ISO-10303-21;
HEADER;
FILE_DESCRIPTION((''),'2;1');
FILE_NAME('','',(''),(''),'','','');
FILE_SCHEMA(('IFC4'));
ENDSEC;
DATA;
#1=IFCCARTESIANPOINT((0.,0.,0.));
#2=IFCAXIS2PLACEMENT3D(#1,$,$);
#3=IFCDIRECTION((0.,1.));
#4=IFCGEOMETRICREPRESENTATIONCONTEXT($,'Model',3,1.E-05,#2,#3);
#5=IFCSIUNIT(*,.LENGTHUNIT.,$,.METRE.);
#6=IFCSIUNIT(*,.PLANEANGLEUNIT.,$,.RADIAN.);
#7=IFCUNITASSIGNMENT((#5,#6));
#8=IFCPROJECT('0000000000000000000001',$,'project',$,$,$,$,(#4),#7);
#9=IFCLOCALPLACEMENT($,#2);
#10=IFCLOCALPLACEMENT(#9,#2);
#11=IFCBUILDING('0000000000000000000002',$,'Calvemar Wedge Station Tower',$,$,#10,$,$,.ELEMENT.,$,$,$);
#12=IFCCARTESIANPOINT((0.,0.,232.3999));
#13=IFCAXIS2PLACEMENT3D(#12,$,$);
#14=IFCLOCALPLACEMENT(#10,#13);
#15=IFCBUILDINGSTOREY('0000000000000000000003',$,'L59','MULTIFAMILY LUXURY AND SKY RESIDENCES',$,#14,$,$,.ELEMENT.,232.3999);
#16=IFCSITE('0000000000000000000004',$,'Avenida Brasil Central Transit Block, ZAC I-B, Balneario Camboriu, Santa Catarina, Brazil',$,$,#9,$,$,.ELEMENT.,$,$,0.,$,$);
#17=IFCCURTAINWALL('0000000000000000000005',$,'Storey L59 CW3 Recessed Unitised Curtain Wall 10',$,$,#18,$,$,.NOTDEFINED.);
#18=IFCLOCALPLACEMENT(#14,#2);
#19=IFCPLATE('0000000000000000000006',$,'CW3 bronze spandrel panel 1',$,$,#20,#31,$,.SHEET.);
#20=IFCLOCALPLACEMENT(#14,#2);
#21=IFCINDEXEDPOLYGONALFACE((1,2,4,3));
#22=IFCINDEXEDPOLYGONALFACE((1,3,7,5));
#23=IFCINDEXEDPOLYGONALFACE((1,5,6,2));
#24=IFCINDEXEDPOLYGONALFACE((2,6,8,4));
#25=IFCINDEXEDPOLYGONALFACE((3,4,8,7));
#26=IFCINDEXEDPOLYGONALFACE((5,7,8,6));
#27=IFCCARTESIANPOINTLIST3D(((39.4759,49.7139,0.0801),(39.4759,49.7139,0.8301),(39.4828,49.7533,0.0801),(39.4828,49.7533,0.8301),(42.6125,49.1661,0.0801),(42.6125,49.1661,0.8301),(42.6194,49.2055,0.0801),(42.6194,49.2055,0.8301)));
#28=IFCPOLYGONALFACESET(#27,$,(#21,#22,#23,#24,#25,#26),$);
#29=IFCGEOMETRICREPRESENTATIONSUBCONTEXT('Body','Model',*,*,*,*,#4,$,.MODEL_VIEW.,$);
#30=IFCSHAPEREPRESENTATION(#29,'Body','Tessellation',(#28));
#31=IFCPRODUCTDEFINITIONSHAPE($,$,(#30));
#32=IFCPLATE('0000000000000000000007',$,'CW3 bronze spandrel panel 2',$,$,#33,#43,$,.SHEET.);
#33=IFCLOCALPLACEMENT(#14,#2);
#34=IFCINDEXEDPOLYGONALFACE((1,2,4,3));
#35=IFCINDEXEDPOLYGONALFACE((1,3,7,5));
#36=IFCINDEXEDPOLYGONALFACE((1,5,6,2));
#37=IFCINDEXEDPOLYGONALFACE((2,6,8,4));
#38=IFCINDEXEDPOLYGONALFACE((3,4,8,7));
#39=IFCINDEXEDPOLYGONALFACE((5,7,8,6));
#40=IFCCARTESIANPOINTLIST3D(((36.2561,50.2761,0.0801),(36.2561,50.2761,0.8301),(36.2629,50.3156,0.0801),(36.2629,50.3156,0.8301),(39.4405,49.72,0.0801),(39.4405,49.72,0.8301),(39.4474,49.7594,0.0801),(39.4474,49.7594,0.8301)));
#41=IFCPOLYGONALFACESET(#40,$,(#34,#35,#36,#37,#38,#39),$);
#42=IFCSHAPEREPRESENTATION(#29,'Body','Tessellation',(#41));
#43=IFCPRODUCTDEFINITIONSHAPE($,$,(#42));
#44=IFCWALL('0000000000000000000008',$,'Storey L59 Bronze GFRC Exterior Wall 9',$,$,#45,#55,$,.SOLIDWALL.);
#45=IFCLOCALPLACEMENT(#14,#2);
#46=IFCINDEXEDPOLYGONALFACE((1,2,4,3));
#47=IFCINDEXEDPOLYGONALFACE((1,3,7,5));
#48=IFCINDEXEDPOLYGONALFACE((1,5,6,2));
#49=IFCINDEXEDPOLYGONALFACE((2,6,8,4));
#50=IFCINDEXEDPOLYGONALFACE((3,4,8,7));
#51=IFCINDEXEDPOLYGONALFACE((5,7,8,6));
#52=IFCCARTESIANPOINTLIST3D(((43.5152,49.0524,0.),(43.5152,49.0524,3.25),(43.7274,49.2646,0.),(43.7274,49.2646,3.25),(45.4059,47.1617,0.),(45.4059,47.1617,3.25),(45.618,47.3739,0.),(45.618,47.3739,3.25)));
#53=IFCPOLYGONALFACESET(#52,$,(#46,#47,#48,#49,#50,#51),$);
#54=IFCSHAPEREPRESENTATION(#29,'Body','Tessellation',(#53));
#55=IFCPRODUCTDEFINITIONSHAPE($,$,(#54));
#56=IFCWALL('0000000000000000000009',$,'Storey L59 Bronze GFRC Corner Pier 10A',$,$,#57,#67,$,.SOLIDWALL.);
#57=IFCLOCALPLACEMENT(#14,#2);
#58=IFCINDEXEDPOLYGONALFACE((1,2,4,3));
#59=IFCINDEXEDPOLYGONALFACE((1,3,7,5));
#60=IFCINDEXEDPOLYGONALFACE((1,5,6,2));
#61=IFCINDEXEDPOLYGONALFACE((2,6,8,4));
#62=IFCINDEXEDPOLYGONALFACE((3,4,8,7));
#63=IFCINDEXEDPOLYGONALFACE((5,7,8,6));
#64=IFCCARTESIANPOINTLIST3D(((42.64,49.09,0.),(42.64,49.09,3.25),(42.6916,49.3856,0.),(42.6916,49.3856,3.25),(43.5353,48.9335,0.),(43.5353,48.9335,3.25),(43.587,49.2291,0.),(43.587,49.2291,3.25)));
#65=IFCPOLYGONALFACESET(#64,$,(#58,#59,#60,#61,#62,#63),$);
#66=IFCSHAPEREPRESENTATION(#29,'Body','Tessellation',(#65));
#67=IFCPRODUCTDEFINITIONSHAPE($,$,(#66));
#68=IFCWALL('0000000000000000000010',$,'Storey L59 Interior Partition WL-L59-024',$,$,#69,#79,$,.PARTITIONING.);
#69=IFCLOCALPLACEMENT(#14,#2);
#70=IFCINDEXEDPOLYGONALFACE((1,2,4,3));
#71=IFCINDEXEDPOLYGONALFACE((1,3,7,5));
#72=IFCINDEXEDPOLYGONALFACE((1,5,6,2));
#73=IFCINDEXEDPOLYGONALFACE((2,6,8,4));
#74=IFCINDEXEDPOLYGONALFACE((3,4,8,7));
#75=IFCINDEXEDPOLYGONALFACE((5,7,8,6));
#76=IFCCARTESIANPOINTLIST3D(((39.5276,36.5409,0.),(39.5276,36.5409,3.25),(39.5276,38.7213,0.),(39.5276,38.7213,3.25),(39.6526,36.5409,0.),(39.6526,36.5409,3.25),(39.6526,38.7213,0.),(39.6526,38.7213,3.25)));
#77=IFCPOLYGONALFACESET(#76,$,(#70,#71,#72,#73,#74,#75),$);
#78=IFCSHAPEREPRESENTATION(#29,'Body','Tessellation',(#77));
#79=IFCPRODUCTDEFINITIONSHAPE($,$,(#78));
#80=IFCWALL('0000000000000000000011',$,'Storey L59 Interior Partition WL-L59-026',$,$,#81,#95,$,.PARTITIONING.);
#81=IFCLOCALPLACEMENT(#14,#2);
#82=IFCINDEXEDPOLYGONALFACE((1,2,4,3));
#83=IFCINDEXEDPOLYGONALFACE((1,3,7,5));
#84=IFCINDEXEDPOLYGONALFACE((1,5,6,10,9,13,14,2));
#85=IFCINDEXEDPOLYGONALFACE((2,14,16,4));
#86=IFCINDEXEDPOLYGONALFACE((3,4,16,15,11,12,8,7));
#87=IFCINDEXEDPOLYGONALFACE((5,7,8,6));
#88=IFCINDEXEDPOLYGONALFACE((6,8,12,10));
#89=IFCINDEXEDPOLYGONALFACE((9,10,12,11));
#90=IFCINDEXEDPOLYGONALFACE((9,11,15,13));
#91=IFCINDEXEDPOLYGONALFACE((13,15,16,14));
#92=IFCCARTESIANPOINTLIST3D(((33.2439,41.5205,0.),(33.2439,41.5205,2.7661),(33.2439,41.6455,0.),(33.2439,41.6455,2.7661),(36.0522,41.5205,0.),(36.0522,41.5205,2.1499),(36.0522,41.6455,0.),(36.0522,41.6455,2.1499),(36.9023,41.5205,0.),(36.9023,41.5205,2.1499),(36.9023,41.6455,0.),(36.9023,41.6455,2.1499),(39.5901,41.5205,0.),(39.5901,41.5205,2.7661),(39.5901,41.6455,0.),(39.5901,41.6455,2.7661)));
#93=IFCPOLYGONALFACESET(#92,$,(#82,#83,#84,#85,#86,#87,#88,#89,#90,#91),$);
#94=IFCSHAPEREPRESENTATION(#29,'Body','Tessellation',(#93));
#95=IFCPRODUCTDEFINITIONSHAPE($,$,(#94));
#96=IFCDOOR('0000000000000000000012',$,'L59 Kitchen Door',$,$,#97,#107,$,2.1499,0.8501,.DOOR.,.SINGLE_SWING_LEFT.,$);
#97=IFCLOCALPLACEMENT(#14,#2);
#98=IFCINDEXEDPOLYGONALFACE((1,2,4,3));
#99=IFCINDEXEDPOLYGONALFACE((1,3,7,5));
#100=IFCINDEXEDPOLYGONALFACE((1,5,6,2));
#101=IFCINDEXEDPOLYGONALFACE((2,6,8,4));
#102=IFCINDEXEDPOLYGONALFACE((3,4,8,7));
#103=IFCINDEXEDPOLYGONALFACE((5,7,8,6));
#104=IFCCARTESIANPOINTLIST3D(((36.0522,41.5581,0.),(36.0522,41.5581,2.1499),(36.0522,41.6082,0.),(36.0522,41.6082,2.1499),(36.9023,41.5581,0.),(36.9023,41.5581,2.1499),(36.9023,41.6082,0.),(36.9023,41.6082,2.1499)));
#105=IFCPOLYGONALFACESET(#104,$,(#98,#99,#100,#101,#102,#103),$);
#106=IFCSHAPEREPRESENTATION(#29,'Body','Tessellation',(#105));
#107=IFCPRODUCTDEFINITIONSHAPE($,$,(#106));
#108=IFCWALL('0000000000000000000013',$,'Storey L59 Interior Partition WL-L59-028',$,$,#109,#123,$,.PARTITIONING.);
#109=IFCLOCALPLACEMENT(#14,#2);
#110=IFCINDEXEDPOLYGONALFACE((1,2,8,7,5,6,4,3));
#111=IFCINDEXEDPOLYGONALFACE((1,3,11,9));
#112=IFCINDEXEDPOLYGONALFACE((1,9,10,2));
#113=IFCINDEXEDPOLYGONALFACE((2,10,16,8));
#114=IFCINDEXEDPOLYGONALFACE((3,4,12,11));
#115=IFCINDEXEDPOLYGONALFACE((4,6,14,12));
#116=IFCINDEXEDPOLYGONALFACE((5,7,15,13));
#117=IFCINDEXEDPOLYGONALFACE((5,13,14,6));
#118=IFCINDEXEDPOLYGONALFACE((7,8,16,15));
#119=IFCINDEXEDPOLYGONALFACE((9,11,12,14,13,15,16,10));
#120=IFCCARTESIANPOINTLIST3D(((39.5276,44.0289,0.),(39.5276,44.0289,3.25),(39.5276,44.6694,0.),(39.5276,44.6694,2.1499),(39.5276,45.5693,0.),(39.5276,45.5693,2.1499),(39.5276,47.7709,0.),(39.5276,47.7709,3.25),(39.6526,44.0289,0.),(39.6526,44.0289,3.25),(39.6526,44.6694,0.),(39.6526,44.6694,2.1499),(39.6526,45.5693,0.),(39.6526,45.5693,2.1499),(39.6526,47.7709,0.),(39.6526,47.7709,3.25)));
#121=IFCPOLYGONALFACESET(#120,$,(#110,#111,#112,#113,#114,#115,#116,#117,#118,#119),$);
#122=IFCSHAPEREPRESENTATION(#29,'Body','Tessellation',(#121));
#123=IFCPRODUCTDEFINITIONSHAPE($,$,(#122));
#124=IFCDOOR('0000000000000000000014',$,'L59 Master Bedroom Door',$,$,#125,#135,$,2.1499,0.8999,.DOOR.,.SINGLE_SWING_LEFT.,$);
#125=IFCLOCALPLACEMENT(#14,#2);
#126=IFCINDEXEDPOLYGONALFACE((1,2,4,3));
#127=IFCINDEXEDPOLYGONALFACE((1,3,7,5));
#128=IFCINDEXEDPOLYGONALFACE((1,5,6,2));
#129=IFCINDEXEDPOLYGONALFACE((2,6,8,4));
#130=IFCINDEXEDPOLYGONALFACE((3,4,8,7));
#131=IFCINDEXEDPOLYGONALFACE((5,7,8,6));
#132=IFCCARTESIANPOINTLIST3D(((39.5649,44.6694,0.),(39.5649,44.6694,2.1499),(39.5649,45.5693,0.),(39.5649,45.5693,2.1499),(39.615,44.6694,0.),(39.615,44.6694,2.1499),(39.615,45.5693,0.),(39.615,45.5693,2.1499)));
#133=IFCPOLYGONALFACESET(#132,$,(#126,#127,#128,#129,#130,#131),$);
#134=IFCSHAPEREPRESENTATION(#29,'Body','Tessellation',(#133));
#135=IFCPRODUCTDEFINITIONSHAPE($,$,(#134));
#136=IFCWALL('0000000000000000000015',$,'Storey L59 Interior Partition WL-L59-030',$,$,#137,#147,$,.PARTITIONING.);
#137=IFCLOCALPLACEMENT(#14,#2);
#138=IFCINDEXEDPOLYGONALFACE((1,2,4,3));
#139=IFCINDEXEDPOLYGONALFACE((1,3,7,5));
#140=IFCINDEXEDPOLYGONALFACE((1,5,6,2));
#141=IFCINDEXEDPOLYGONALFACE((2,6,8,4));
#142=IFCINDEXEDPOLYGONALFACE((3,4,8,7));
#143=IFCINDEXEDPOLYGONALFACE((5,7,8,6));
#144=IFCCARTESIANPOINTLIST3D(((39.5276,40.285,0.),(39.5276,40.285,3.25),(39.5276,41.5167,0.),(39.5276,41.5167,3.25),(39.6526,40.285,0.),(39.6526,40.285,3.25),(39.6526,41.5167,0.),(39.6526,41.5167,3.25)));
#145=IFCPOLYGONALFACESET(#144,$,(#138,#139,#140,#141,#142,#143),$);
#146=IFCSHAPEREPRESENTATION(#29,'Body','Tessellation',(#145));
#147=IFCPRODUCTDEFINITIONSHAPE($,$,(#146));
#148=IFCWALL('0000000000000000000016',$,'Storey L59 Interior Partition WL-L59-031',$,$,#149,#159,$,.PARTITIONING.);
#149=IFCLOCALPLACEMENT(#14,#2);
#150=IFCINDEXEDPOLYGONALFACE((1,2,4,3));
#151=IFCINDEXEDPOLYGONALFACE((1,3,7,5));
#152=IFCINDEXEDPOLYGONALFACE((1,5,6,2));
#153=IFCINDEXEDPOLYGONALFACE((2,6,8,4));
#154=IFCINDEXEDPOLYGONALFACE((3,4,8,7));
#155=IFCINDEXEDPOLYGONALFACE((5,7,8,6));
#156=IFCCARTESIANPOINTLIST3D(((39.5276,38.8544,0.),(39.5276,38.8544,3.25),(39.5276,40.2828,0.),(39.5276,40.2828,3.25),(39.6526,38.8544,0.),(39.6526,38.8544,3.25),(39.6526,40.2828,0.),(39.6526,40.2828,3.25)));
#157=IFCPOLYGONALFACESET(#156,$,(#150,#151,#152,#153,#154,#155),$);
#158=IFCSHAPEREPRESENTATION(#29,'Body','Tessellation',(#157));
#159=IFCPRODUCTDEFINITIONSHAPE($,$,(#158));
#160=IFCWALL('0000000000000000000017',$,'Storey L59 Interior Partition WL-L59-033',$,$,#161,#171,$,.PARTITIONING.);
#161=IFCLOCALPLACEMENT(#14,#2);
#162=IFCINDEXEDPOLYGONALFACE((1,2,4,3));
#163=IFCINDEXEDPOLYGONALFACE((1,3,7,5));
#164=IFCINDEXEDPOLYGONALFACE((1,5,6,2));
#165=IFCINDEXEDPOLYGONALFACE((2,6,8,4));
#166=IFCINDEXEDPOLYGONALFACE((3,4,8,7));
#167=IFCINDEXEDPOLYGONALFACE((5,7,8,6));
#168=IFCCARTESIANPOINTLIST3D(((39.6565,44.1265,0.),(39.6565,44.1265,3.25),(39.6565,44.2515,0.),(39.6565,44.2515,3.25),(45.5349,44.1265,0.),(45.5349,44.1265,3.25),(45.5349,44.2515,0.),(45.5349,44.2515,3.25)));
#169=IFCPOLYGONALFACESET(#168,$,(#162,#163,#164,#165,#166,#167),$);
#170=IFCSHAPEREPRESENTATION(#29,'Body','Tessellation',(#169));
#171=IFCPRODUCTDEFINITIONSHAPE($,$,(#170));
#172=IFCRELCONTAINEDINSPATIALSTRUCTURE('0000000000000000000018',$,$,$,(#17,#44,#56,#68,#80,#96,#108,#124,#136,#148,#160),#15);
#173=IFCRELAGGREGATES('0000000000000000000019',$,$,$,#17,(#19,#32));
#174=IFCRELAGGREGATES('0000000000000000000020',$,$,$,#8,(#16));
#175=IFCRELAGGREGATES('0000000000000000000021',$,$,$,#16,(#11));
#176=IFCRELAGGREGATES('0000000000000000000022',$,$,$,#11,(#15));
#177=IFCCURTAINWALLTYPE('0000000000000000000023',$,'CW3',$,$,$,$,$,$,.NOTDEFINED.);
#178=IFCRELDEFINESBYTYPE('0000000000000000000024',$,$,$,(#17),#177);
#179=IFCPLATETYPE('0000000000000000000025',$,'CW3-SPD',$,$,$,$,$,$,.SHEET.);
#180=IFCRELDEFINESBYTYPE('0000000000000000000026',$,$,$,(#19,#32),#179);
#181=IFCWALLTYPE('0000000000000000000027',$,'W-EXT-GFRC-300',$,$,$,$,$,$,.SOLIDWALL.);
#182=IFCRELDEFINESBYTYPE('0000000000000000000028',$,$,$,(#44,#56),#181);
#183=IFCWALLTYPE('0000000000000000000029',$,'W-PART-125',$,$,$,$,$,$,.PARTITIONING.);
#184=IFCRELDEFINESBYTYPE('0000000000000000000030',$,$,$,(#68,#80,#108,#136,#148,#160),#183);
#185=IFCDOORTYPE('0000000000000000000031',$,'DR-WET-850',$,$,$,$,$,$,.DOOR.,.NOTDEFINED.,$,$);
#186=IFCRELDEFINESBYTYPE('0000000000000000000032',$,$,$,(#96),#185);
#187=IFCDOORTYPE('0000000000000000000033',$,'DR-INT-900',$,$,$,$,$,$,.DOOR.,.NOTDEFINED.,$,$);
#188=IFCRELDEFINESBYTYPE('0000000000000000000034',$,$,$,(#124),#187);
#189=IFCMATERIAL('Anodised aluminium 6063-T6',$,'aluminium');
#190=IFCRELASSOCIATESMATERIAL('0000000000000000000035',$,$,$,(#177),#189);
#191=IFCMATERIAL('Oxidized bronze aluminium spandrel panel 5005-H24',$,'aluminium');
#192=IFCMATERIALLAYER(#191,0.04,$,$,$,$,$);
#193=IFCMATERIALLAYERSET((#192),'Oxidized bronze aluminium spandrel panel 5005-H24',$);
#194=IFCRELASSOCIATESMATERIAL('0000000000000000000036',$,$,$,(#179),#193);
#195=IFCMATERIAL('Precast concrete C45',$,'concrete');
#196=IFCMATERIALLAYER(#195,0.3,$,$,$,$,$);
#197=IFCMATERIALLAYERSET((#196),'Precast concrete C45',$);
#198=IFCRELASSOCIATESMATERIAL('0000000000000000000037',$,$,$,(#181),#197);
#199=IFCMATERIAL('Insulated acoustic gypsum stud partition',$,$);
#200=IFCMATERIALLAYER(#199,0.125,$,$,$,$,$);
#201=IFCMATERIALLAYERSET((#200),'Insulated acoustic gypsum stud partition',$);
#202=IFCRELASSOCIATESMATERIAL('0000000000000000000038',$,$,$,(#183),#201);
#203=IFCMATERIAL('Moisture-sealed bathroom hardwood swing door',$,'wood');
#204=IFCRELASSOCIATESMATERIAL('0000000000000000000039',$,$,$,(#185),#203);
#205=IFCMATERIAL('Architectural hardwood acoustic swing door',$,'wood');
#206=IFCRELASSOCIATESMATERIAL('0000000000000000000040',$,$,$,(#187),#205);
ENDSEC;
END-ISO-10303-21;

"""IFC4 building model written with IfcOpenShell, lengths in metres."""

from ifc_helpers import new_model, si_unit, direction, frame, frame_2d, origin, place, context, subcontext, project, spatial, rectangle, extrude, source, transform, mapped, material, layer, layer_set, type_object, element, fill, aggregate, save


model = new_model("IFC4")

# Units and contexts
model_context = context("Model", 3, precision=1e-05, world=origin(), true_north=direction((0.0, 1.0)))
body_context = subcontext(model_context, "Body", "Model", "MODEL_VIEW")
ifc_project = project(units=[si_unit("LENGTHUNIT", "METRE"), si_unit("PLANEANGLEUNIT", "RADIAN")], contexts=[model_context])

# Site, building, storey
site_placement = place(None, origin())
site = spatial("IfcSite", under=ifc_project, at=site_placement, Name="Avenida Brasil Central Transit Block, ZAC I-B, Balneario Camboriu, Santa Catarina, Brazil", CompositionType="ELEMENT", RefElevation=0.0)
building_placement = place(site_placement, origin())
building = spatial("IfcBuilding", under=site, at=building_placement, Name="Calvemar Wedge Station Tower", CompositionType="ELEMENT")
storey_placement = place(building_placement, frame((0.0, 0.0, 232.3999)))
storey = spatial("IfcBuildingStorey", under=building, at=storey_placement, Name="L59", Description="MULTIFAMILY LUXURY AND SKY RESIDENCES", CompositionType="ELEMENT", Elevation=232.3999)

# Curtain wall, plates
ifc_material_1 = material(Name="Anodised aluminium 6063-T6", Category="aluminium")
curtain_wall_type = type_object("IfcCurtainWallType", Name="CW3", PredefinedType="NOTDEFINED", material=ifc_material_1)
curtain_wall_placement = place(storey_placement, origin())
curtain_wall = element("IfcCurtainWall", 1, at=curtain_wall_placement, inside=storey, type_object=curtain_wall_type, Name="Storey L59 CW3 Recessed Unitised Curtain Wall 10", PredefinedType="NOTDEFINED")
ifc_material_2 = material(Name="Oxidized bronze aluminium spandrel panel 5005-H24", Category="aluminium")
ifc_layer_1 = layer(ifc_material_2, 0.04)
ifc_layer_set_1 = layer_set([ifc_layer_1], Name="Oxidized bronze aluminium spandrel panel 5005-H24")
plate_type_1 = type_object("IfcPlateType", Name="CW3-SPD", PredefinedType="SHEET", material=ifc_layer_set_1)
plate_1_placement = place(storey_placement, frame((42.616, 49.1858, 0.0801), z_axis=(0.0, 0.0, 1.0), x_axis=(-0.985088, 0.172053, 0.0)))
plate_1 = element("IfcPlate", 2, at=plate_1_placement, type_object=plate_type_1, Name="CW3 bronze spandrel panel 1", PredefinedType="SHEET", context=body_context, shape_type="SweptSolid", body=[
    extrude(rectangle(XDim=3.1841, YDim=0.04, at=frame_2d((1.592, 0.0))), origin(), (0.0, 0.0, 1.0), 0.75),
])
plate_2_placement = place(storey_placement, frame((39.4438, 49.7397, 0.0801), z_axis=(0.0, 0.0, 1.0), x_axis=(-0.985091, 0.172036, 0.0)))
plate_2 = element("IfcPlate", 3, at=plate_2_placement, type_object=plate_type_1, Name="CW3 bronze spandrel panel 2", PredefinedType="SHEET", context=body_context, shape_type="SweptSolid", body=[
    extrude(rectangle(XDim=3.2327, YDim=0.04, at=frame_2d((1.6162, 0.0))), origin(), (0.0, 0.0, 1.0), 0.75),
])
aggregate(curtain_wall, [plate_1, plate_2])

# Walls
ifc_material_3 = material(Name="Precast concrete C45", Category="concrete")
ifc_layer_2 = layer(ifc_material_3, 0.3)
ifc_layer_set_2 = layer_set([ifc_layer_2], Name="Precast concrete C45")
wall_type_1 = type_object("IfcWallType", Name="W-EXT-GFRC-300", PredefinedType="SOLIDWALL", material=ifc_layer_set_2)
wall_1_placement = place(storey_placement, frame((45.512, 47.2678, 0.0), z_axis=(0.0, 0.0, 1.0), x_axis=(-0.707107, 0.707107, 0.0)))
element("IfcWall", 4, at=wall_1_placement, inside=storey, type_object=wall_type_1, Name="Storey L59 Bronze GFRC Exterior Wall 9", PredefinedType="SOLIDWALL", context=body_context, shape_type="SweptSolid", body=[
    extrude(rectangle(XDim=2.6738, YDim=0.3, at=frame_2d((1.3369, 0.0))), origin(), (0.0, 0.0, 1.0), 3.25),
])
wall_2_placement = place(storey_placement, frame((43.5613, 49.0813, 0.0), z_axis=(0.0, 0.0, 1.0), x_axis=(-0.985064, 0.172191, 0.0)))
element("IfcWall", 5, at=wall_2_placement, inside=storey, type_object=wall_type_1, Name="Storey L59 Bronze GFRC Corner Pier 10A", PredefinedType="SOLIDWALL", context=body_context, shape_type="SweptSolid", body=[
    extrude(rectangle(XDim=0.9089, YDim=0.3, at=frame_2d((0.4546, 0.0))), origin(), (0.0, 0.0, 1.0), 3.25),
])
ifc_material_4 = material(Name="Insulated acoustic gypsum stud partition")
ifc_layer_3 = layer(ifc_material_4, 0.125)
ifc_layer_set_3 = layer_set([ifc_layer_3], Name="Insulated acoustic gypsum stud partition")
wall_type_2 = type_object("IfcWallType", Name="W-PART-125", PredefinedType="PARTITIONING", material=ifc_layer_set_3)
wall_3_placement = place(storey_placement, frame((39.5901, 38.7214, 0.0), z_axis=(0.0, 0.0, 1.0), x_axis=(0.0, -1.0, 0.0)))
element("IfcWall", 6, at=wall_3_placement, inside=storey, type_object=wall_type_2, Name="Storey L59 Interior Partition WL-L59-024", PredefinedType="PARTITIONING", context=body_context, shape_type="SweptSolid", body=[
    extrude(rectangle(XDim=2.1804, YDim=0.125, at=frame_2d((1.0903, 0.0))), origin(), (0.0, 0.0, 1.0), 3.25),
])

# Walls, openings, doors
wall_4_placement = place(storey_placement, frame((39.5901, 41.583, 0.0), z_axis=(0.0, 0.0, 1.0), x_axis=(-1.0, 0.0, 0.0)))
wall_4 = element("IfcWall", 7, at=wall_4_placement, inside=storey, type_object=wall_type_2, Name="Storey L59 Interior Partition WL-L59-026", PredefinedType="PARTITIONING", context=body_context, shape_type="SweptSolid", body=[
    extrude(rectangle(XDim=6.3462, YDim=0.125, at=frame_2d((3.1731, 0.0))), origin(), (0.0, 0.0, 1.0), 2.7661),
])
shared_shape_1 = source(origin(), body_context, "Body", "SweptSolid", [
    extrude(rectangle(XDim=0.8501, YDim=2.1499, at=frame_2d((0.425, 1.075))), frame((0.0, 0.0725, 0.0), z_axis=(0.0, -1.0, 0.0), x_axis=(1.0, 0.0, 0.0)), (0.0, 0.0, 1.0), 0.145),
])
opening_1_placement = place(wall_4_placement, frame((2.6877, 0.0, 0.0)))
opening_1 = element("IfcOpeningElement", 8, at=opening_1_placement, cuts=wall_4, PredefinedType="OPENING", context=body_context, shape_type="MappedRepresentation", body=[
    mapped(shared_shape_1, transform((0.0, 0.0, 0.0), scale=1.0)),
])
ifc_material_5 = material(Name="Moisture-sealed bathroom hardwood swing door", Category="wood")
door_type_1 = type_object("IfcDoorType", Name="DR-WET-850", OperationType="NOTDEFINED", PredefinedType="DOOR", material=ifc_material_5)
shared_shape_2 = source(origin(), body_context, "Body", "SweptSolid", [
    extrude(rectangle(XDim=0.8501, YDim=2.1499, at=frame_2d((0.425, 1.075))), frame((0.0, 0.0249, 0.0), z_axis=(0.0, -1.0, 0.0), x_axis=(1.0, 0.0, 0.0)), (0.0, 0.0, 1.0), 0.05),
])
door_1_placement = place(opening_1_placement, origin())
door_1 = element("IfcDoor", 9, at=door_1_placement, inside=storey, type_object=door_type_1, Name="L59 Kitchen Door", OperationType="SINGLE_SWING_LEFT", OverallHeight=2.1499, OverallWidth=0.8501, PredefinedType="DOOR", context=body_context, shape_type="MappedRepresentation", body=[
    mapped(shared_shape_2, transform((0.0, 0.0, 0.0), scale=1.0)),
])
fill(opening_1, door_1)
wall_5_placement = place(storey_placement, frame((39.5901, 47.771, 0.0), z_axis=(0.0, 0.0, 1.0), x_axis=(0.0, -1.0, 0.0)))
wall_5 = element("IfcWall", 10, at=wall_5_placement, inside=storey, type_object=wall_type_2, Name="Storey L59 Interior Partition WL-L59-028", PredefinedType="PARTITIONING", context=body_context, shape_type="SweptSolid", body=[
    extrude(rectangle(XDim=3.7419, YDim=0.125, at=frame_2d((1.8711, 0.0))), origin(), (0.0, 0.0, 1.0), 3.25),
])
shared_shape_3 = source(origin(), body_context, "Body", "SweptSolid", [
    extrude(rectangle(XDim=0.8999, YDim=2.1499, at=frame_2d((0.45, 1.075))), frame((0.0, 0.0725, 0.0), z_axis=(0.0, -1.0, 0.0), x_axis=(1.0, 0.0, 0.0)), (0.0, 0.0, 1.0), 0.145),
])
opening_2_placement = place(wall_5_placement, frame((2.2017, 0.0, 0.0)))
opening_2 = element("IfcOpeningElement", 11, at=opening_2_placement, cuts=wall_5, PredefinedType="OPENING", context=body_context, shape_type="MappedRepresentation", body=[
    mapped(shared_shape_3, transform((0.0, 0.0, 0.0), scale=1.0)),
])
ifc_material_6 = material(Name="Architectural hardwood acoustic swing door", Category="wood")
door_type_2 = type_object("IfcDoorType", Name="DR-INT-900", OperationType="NOTDEFINED", PredefinedType="DOOR", material=ifc_material_6)
shared_shape_4 = source(origin(), body_context, "Body", "SweptSolid", [
    extrude(rectangle(XDim=0.8999, YDim=2.1499, at=frame_2d((0.45, 1.075))), frame((0.0, 0.0249, 0.0), z_axis=(0.0, -1.0, 0.0), x_axis=(1.0, 0.0, 0.0)), (0.0, 0.0, 1.0), 0.05),
])
door_2_placement = place(opening_2_placement, origin())
door_2 = element("IfcDoor", 12, at=door_2_placement, inside=storey, type_object=door_type_2, Name="L59 Master Bedroom Door", OperationType="SINGLE_SWING_LEFT", OverallHeight=2.1499, OverallWidth=0.8999, PredefinedType="DOOR", context=body_context, shape_type="MappedRepresentation", body=[
    mapped(shared_shape_4, transform((0.0, 0.0, 0.0), scale=1.0)),
])
fill(opening_2, door_2)

# Walls
wall_6_placement = place(storey_placement, frame((39.5901, 41.5166, 0.0), z_axis=(0.0, 0.0, 1.0), x_axis=(0.0, -1.0, 0.0)))
element("IfcWall", 13, at=wall_6_placement, inside=storey, type_object=wall_type_2, Name="Storey L59 Interior Partition WL-L59-030", PredefinedType="PARTITIONING", context=body_context, shape_type="SweptSolid", body=[
    extrude(rectangle(XDim=1.2317, YDim=0.125, at=frame_2d((0.6157, 0.0))), origin(), (0.0, 0.0, 1.0), 3.25),
])
wall_7_placement = place(storey_placement, frame((39.5901, 40.283, 0.0), z_axis=(0.0, 0.0, 1.0), x_axis=(0.0, -1.0, 0.0)))
element("IfcWall", 14, at=wall_7_placement, inside=storey, type_object=wall_type_2, Name="Storey L59 Interior Partition WL-L59-031", PredefinedType="PARTITIONING", context=body_context, shape_type="SweptSolid", body=[
    extrude(rectangle(XDim=1.4285, YDim=0.125, at=frame_2d((0.7144, 0.0))), origin(), (0.0, 0.0, 1.0), 3.25),
])
wall_8_placement = place(storey_placement, frame((45.5349, 44.189, 0.0), z_axis=(0.0, 0.0, 1.0), x_axis=(-1.0, 0.0, 0.0)))
element("IfcWall", 15, at=wall_8_placement, inside=storey, type_object=wall_type_2, Name="Storey L59 Interior Partition WL-L59-033", PredefinedType="PARTITIONING", context=body_context, shape_type="SweptSolid", body=[
    extrude(rectangle(XDim=5.8784, YDim=0.125, at=frame_2d((2.9392, 0.0))), origin(), (0.0, 0.0, 1.0), 3.25),
])

save(model, "model.ifc")
